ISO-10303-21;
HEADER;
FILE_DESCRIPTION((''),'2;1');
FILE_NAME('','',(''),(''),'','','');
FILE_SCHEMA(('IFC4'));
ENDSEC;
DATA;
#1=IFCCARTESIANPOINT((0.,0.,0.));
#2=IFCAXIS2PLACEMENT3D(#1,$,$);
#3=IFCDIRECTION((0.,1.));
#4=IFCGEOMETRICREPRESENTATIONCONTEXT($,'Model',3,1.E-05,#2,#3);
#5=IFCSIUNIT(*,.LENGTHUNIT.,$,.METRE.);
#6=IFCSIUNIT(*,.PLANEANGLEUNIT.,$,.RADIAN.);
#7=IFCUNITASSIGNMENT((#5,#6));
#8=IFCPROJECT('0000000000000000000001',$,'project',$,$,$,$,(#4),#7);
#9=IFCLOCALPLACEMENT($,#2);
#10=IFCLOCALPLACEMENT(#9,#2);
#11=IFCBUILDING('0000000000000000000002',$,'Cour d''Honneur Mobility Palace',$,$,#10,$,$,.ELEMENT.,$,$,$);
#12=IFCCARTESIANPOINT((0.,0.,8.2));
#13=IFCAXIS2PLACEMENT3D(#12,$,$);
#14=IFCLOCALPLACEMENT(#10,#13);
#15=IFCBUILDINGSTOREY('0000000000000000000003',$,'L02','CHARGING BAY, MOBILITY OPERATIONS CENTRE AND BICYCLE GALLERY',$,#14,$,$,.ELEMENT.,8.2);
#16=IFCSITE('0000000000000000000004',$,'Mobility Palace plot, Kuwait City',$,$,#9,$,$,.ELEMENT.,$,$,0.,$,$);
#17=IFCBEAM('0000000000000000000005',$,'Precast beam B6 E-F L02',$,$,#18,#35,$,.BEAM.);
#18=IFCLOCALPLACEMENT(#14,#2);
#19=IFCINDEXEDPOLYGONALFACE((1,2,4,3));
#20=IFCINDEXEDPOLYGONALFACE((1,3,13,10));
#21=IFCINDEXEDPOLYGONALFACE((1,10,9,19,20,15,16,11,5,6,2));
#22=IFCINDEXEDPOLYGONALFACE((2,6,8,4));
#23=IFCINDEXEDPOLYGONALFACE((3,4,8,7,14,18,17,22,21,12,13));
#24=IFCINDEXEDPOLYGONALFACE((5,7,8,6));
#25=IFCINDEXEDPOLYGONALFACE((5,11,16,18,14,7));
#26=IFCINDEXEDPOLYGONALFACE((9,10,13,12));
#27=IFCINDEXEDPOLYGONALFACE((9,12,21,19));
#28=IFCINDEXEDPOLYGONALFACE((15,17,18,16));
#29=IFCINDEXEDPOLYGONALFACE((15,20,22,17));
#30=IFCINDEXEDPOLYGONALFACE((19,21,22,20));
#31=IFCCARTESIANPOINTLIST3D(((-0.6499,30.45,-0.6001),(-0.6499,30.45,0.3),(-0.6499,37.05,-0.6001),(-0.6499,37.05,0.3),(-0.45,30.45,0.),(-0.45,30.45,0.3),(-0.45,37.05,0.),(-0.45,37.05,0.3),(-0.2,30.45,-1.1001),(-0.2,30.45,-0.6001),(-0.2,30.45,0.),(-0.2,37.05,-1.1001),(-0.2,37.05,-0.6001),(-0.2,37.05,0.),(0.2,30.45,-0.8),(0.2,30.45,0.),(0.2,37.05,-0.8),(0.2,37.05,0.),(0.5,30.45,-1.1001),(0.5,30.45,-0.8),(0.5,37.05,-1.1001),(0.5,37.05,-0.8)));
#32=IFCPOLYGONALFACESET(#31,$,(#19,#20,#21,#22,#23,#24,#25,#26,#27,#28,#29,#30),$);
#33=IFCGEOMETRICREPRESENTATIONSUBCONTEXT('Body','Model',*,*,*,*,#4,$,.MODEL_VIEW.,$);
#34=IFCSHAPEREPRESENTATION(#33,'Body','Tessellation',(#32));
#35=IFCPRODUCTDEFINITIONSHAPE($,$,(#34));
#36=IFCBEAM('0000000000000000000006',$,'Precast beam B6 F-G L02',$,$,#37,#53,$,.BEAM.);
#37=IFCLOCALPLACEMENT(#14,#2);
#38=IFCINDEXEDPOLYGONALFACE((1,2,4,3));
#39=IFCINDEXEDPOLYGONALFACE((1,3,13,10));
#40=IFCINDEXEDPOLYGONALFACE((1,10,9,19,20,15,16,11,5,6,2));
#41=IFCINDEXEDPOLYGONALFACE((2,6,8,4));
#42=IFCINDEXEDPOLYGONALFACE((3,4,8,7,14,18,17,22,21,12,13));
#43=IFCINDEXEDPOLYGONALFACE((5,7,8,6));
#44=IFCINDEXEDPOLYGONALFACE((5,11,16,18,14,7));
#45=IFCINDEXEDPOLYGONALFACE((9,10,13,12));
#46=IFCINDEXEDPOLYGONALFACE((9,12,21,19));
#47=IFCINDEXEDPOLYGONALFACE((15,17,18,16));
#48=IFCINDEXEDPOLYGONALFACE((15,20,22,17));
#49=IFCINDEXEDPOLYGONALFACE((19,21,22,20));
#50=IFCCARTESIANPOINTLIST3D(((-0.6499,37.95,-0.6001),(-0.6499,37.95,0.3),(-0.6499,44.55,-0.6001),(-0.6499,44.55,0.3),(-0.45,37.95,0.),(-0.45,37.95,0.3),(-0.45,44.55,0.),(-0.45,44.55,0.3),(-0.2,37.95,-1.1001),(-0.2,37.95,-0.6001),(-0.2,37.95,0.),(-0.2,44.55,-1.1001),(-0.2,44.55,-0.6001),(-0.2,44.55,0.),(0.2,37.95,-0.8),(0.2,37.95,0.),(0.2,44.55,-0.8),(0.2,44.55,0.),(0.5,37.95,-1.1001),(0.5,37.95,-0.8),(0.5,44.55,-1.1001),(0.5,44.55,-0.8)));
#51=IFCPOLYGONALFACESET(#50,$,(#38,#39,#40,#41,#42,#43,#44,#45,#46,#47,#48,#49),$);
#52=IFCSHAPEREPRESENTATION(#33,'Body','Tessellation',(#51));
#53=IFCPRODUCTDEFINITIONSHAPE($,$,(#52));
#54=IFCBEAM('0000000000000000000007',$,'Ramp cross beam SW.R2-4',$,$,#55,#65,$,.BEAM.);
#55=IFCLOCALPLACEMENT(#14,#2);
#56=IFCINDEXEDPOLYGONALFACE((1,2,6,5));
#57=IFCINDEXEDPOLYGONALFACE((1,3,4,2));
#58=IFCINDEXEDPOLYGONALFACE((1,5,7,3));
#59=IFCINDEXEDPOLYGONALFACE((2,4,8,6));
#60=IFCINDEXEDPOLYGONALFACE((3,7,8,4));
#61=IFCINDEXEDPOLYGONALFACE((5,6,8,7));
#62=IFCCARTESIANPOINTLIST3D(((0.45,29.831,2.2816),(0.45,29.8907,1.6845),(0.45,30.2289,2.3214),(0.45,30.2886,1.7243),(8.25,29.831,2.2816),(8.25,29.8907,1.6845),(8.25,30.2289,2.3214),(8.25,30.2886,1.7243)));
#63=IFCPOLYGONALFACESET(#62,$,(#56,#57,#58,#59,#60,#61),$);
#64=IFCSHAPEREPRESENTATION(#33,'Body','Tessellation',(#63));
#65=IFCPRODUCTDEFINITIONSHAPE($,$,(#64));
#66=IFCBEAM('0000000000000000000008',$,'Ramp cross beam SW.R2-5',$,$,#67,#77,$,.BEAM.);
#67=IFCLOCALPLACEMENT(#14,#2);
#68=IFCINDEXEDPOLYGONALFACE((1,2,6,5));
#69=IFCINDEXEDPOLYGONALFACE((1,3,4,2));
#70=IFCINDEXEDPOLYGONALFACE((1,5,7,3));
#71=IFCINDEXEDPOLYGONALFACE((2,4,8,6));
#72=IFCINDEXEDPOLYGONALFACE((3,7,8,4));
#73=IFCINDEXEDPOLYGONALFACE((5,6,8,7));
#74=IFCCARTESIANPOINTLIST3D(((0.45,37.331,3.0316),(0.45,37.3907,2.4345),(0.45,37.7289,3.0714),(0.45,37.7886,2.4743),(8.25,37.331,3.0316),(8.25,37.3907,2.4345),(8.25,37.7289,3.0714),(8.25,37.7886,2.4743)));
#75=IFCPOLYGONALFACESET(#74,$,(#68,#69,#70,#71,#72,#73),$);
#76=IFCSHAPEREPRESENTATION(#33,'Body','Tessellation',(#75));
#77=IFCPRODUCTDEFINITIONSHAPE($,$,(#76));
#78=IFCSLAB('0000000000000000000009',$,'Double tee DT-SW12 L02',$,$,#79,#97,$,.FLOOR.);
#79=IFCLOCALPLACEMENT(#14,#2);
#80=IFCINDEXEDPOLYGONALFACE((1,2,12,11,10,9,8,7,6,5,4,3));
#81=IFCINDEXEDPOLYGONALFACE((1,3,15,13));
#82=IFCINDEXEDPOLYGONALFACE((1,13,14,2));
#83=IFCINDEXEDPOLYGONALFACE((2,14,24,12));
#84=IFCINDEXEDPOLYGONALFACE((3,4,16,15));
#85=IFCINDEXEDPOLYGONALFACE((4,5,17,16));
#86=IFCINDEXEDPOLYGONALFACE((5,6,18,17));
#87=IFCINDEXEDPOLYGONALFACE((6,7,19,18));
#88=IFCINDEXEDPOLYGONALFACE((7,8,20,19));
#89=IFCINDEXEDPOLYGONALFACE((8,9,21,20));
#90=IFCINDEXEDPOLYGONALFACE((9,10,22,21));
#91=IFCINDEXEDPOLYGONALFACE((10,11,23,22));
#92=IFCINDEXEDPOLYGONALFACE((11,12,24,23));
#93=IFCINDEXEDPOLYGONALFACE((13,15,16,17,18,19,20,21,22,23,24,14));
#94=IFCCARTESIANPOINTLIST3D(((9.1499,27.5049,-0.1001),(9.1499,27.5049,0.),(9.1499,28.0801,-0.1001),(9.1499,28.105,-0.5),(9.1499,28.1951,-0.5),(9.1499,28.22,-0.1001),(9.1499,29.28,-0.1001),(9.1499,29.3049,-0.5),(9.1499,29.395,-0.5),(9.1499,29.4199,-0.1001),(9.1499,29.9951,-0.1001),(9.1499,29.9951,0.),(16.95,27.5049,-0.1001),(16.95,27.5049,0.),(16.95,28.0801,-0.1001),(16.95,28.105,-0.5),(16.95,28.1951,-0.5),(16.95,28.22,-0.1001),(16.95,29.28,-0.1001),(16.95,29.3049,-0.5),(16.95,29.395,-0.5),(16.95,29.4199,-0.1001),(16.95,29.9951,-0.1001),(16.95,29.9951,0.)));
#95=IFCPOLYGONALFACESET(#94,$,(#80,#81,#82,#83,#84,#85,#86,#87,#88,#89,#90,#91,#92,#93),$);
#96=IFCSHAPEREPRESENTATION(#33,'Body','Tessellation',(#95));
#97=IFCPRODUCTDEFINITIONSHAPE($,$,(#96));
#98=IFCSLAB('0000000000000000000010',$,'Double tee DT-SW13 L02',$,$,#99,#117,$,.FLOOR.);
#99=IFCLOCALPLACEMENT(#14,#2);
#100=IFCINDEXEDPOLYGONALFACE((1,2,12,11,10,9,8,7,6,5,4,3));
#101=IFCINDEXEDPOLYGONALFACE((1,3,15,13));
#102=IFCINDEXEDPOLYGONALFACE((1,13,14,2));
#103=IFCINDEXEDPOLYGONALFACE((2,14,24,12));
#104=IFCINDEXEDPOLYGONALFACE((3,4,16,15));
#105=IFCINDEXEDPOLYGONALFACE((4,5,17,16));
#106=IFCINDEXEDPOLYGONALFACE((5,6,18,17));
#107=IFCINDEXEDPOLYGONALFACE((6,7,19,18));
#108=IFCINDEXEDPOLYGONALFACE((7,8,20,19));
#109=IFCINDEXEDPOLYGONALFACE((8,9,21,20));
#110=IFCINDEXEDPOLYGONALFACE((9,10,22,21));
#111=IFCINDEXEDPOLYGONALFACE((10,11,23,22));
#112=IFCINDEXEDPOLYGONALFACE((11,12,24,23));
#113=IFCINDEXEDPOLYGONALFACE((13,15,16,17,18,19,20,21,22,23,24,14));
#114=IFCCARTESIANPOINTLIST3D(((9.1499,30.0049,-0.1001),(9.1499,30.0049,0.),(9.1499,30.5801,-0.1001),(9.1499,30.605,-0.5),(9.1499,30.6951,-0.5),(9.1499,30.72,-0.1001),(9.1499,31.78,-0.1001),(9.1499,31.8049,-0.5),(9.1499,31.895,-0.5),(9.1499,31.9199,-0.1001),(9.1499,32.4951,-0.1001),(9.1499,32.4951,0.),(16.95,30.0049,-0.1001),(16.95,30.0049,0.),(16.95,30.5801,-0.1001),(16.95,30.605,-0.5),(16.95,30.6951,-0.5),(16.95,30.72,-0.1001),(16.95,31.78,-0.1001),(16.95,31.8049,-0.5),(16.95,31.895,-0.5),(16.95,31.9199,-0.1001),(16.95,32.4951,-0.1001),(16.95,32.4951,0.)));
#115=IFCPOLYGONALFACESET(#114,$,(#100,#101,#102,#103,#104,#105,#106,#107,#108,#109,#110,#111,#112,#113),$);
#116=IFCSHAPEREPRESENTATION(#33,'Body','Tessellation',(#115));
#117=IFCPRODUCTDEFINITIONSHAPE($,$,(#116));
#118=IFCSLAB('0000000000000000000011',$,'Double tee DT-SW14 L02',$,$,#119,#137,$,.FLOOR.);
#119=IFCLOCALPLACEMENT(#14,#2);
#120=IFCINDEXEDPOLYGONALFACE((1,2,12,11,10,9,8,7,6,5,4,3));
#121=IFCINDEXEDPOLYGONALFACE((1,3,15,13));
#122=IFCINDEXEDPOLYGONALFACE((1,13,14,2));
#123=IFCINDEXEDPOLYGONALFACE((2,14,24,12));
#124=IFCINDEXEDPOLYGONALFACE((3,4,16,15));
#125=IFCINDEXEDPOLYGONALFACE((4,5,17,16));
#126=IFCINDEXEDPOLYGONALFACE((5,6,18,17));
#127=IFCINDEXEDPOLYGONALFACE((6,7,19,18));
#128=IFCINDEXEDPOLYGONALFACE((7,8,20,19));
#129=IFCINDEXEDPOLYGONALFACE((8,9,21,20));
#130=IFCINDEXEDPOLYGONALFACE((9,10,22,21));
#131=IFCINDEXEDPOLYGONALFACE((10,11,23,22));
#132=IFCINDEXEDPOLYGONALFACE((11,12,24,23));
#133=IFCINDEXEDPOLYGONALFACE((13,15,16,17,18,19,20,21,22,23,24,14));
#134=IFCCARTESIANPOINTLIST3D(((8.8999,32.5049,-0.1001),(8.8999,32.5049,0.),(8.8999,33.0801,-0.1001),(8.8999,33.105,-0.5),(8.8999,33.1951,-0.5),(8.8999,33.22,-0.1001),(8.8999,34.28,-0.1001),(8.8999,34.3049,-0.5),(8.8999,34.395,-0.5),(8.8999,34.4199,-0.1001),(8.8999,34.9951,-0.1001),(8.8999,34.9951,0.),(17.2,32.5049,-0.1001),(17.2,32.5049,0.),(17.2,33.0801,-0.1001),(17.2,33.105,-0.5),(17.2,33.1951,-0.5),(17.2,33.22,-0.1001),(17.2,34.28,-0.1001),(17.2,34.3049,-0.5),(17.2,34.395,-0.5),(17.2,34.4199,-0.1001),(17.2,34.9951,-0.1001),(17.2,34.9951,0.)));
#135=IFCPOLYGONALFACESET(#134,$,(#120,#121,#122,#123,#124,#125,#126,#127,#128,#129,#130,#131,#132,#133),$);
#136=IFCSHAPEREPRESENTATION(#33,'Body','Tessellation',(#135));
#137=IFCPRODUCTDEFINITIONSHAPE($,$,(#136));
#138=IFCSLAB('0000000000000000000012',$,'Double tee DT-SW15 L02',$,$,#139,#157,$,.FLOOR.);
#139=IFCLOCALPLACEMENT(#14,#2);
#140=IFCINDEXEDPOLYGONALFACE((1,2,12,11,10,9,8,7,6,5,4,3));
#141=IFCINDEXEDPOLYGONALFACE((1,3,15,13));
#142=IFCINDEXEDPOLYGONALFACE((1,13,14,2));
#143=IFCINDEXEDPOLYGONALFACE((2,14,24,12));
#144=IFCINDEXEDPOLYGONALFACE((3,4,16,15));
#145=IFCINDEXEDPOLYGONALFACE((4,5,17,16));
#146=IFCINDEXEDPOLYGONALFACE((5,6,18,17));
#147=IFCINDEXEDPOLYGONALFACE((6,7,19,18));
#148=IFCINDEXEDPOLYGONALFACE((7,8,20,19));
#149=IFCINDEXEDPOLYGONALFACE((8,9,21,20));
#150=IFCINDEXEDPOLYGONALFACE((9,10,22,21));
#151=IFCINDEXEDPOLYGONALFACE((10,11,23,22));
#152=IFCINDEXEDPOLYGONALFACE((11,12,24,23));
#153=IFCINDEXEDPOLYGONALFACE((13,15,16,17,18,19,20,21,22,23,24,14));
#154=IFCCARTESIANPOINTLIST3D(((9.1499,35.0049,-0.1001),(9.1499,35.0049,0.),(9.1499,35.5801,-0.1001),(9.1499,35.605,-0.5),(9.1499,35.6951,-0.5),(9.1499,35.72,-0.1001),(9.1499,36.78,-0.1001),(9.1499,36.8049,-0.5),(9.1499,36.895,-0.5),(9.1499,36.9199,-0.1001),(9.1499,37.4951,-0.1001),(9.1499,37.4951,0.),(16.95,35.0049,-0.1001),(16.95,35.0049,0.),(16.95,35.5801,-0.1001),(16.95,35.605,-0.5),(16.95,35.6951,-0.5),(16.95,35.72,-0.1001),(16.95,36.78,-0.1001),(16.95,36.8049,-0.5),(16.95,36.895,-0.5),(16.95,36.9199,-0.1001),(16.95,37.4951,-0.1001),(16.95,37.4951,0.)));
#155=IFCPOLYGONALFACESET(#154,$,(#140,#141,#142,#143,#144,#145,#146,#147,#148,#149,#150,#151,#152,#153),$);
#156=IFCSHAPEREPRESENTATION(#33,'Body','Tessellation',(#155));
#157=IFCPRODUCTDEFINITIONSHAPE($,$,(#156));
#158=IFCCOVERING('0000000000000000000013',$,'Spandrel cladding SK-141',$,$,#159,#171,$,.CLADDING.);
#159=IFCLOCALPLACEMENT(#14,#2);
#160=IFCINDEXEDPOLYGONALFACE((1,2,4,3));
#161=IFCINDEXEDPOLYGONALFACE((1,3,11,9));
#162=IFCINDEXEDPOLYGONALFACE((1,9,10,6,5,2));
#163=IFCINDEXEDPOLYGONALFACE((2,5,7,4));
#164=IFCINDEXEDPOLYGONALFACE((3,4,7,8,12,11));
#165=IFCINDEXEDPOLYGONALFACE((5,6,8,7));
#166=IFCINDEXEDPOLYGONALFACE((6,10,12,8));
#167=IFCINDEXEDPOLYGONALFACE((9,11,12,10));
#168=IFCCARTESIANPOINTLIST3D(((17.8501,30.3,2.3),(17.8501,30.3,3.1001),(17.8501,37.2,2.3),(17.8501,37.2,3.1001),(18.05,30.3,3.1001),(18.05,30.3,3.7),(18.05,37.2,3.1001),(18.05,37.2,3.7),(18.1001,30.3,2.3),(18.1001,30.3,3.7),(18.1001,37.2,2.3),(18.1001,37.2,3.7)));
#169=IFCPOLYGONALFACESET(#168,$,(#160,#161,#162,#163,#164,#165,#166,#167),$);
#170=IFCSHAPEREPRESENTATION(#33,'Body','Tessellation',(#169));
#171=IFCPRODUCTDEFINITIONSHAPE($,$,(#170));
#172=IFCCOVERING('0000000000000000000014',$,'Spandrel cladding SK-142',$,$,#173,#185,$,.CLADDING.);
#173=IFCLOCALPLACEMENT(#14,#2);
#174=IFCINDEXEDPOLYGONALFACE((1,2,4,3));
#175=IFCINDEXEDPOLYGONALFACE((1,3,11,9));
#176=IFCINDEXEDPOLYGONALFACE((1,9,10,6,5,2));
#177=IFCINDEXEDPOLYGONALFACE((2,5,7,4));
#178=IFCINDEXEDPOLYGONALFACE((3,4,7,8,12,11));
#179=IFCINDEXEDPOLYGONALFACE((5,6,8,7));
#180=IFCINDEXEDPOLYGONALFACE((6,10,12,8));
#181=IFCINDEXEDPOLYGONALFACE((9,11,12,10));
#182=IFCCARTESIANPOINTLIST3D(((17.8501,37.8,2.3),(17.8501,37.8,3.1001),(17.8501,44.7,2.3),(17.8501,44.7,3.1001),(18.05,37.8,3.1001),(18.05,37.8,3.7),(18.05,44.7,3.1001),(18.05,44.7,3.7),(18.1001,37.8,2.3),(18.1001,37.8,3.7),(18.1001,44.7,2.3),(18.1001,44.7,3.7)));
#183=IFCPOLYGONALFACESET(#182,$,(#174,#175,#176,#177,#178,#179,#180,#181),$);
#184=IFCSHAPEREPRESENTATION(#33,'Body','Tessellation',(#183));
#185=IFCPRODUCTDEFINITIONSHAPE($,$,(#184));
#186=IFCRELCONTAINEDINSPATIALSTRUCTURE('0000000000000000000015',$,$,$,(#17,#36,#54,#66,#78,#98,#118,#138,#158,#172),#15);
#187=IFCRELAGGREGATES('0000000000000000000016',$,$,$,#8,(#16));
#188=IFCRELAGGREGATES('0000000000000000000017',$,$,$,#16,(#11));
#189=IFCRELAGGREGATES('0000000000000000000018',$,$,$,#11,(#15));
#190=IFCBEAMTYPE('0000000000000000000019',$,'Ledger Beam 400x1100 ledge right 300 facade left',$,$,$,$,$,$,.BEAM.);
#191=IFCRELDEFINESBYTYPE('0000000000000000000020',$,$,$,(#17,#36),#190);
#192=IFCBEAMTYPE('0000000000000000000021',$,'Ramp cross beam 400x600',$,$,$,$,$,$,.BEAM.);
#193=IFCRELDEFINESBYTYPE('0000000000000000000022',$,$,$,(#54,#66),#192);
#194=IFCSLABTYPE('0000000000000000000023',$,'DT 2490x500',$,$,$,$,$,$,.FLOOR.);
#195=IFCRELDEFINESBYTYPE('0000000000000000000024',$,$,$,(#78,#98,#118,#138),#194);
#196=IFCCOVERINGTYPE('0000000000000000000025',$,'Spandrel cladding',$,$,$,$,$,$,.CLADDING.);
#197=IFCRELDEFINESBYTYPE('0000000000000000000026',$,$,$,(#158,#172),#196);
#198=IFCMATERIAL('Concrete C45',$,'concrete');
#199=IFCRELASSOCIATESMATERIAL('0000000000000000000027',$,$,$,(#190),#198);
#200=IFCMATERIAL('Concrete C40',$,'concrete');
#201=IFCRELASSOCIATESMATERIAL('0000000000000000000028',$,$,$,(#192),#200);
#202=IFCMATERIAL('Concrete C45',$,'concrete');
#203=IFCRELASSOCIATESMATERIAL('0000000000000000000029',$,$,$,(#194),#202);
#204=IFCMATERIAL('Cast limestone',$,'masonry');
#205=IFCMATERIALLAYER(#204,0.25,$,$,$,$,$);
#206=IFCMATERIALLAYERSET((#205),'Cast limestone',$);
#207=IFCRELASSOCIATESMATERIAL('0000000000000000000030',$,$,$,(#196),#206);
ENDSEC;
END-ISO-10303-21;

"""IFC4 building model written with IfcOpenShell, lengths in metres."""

from ifc_helpers import new_model, si_unit, direction, frame, origin, origin_2d, place, context, subcontext, project, spatial, polyline, rectangle, outline, extrude, material, layer, layer_set, material_profile, profile_set, type_object, element, save


model = new_model("IFC4")

# Units and contexts
model_context = context("Model", 3, precision=1e-05, world=origin(), true_north=direction((0.0, 1.0)))
body_context = subcontext(model_context, "Body", "Model", "MODEL_VIEW")
ifc_project = project(units=[si_unit("LENGTHUNIT", "METRE"), si_unit("PLANEANGLEUNIT", "RADIAN")], contexts=[model_context])

# Site, building, storey
site_placement = place(None, origin())
site = spatial("IfcSite", under=ifc_project, at=site_placement, Name="Mobility Palace plot, Kuwait City", CompositionType="ELEMENT", RefElevation=0.0)
building_placement = place(site_placement, origin())
building = spatial("IfcBuilding", under=site, at=building_placement, Name="Cour d'Honneur Mobility Palace", CompositionType="ELEMENT")
storey_placement = place(building_placement, frame((0.0, 0.0, 8.2)))
storey = spatial("IfcBuildingStorey", under=building, at=storey_placement, Name="L02", Description="CHARGING BAY, MOBILITY OPERATIONS CENTRE AND BICYCLE GALLERY", CompositionType="ELEMENT", Elevation=8.2)

# Beams
ifc_material_1 = material(Name="Concrete C45", Category="concrete")
ifc_material_profile_1 = material_profile(ifc_material_1, outline(polyline([(0.2, -1.1001), (0.2, -0.6001), (0.6499, -0.6001), (0.6499, 0.3), (0.45, 0.3), (0.45, 0.0), (0.2, 0.0), (-0.2, 0.0), (-0.2, -0.8), (-0.5, -0.8), (-0.5, -1.1001), (0.2, -1.1001)])), Name="Ledger Beam 400x1100 ledge right 300 facade left")
ifc_profile_set_1 = profile_set([ifc_material_profile_1], Name="Concrete C45")
beam_type_1 = type_object("IfcBeamType", Name="Ledger Beam 400x1100 ledge right 300 facade left", PredefinedType="BEAM", material=ifc_profile_set_1)
for number, where, z_axis, x_axis, name in (
    (1, (0.0, 30.45, 0.0), (0.0, 1.0, 0.0), (-1.0, 0.0, 0.0), "Precast beam B6 E-F L02"),
    (2, (0.0, 37.95, 0.0), (0.0, 1.0, 0.0), (-1.0, 0.0, 0.0), "Precast beam B6 F-G L02"),
):
    element("IfcBeam", number, at=place(storey_placement, frame(where, z_axis=z_axis, x_axis=x_axis)), inside=storey, type_object=beam_type_1, Name=name, PredefinedType="BEAM", context=body_context, shape_type="SweptSolid", body=[
        extrude(outline(polyline([(0.2, -1.1001), (0.2, -0.6001), (0.6499, -0.6001), (0.6499, 0.3), (0.45, 0.3), (0.45, 0.0), (0.2, 0.0), (-0.2, 0.0), (-0.2, -0.8), (-0.5, -0.8), (-0.5, -1.1001), (0.2, -1.1001)])), origin(), (0.0, 0.0, 1.0), 6.6001),
    ])
ifc_material_2 = material(Name="Concrete C40", Category="concrete")
ifc_material_profile_2 = material_profile(ifc_material_2, rectangle(XDim=0.3999, YDim=0.6001, at=origin_2d()), Name="Ramp cross beam 400x600")
ifc_profile_set_2 = profile_set([ifc_material_profile_2], Name="Concrete C40")
beam_type_2 = type_object("IfcBeamType", Name="Ramp cross beam 400x600", PredefinedType="BEAM", material=ifc_profile_set_2)
for number, where, z_axis, x_axis, name in (
    (3, (0.45, 30.0598, 2.0029), (1.0, 0.0, 0.0), (0.0, 0.995037, 0.099504), "Ramp cross beam SW.R2-4"),
    (4, (0.45, 37.5598, 2.7529), (1.0, 0.0, 0.0), (0.0, 0.995037, 0.099504), "Ramp cross beam SW.R2-5"),
):
    element("IfcBeam", number, at=place(storey_placement, frame(where, z_axis=z_axis, x_axis=x_axis)), inside=storey, type_object=beam_type_2, Name=name, PredefinedType="BEAM", context=body_context, shape_type="SweptSolid", body=[
        extrude(rectangle(XDim=0.3999, YDim=0.6001, at=origin_2d()), origin(), (0.0, 0.0, 1.0), 7.8),
    ])

# Slabs
ifc_material_3 = material(Name="Concrete C45", Category="concrete")
ifc_material_profile_3 = material_profile(ifc_material_3, outline(polyline([(-1.2451, 0.0), (1.2451, 0.0), (1.2451, -0.1001), (0.6699, -0.1001), (0.645, -0.5), (0.5549, -0.5), (0.53, -0.1001), (-0.53, -0.1001), (-0.5549, -0.5), (-0.645, -0.5), (-0.6699, -0.1001), (-1.2451, -0.1001), (-1.2451, 0.0)])), Name="DT 2490x500")
ifc_profile_set_3 = profile_set([ifc_material_profile_3], Name="Concrete C45")
slab_type = type_object("IfcSlabType", Name="DT 2490x500", PredefinedType="FLOOR", material=ifc_profile_set_3)
for number, where, z_axis, x_axis, name in (
    (5, (9.1499, 28.75, 0.0), (1.0, 0.0, 0.0), (0.0, 1.0, 0.0), "Double tee DT-SW12 L02"),
    (6, (9.1499, 31.25, 0.0), (1.0, 0.0, 0.0), (0.0, 1.0, 0.0), "Double tee DT-SW13 L02"),
):
    element("IfcSlab", number, at=place(storey_placement, frame(where, z_axis=z_axis, x_axis=x_axis)), inside=storey, type_object=slab_type, Name=name, PredefinedType="FLOOR", context=body_context, shape_type="SweptSolid", body=[
        extrude(outline(polyline([(-1.2451, 0.0), (1.2451, 0.0), (1.2451, -0.1001), (0.6699, -0.1001), (0.645, -0.5), (0.5549, -0.5), (0.53, -0.1001), (-0.53, -0.1001), (-0.5549, -0.5), (-0.645, -0.5), (-0.6699, -0.1001), (-1.2451, -0.1001), (-1.2451, 0.0)])), origin(), (0.0, 0.0, 1.0), 7.8),
    ])
slab_1_placement = place(storey_placement, frame((8.8999, 33.75, 0.0), z_axis=(1.0, 0.0, 0.0), x_axis=(0.0, 1.0, 0.0)))
element("IfcSlab", 7, at=slab_1_placement, inside=storey, type_object=slab_type, Name="Double tee DT-SW14 L02", PredefinedType="FLOOR", context=body_context, shape_type="SweptSolid", body=[
    extrude(outline(polyline([(-1.2451, 0.0), (1.2451, 0.0), (1.2451, -0.1001), (0.6699, -0.1001), (0.645, -0.5), (0.5549, -0.5), (0.53, -0.1001), (-0.53, -0.1001), (-0.5549, -0.5), (-0.645, -0.5), (-0.6699, -0.1001), (-1.2451, -0.1001), (-1.2451, 0.0)])), origin(), (0.0, 0.0, 1.0), 8.3),
])
slab_2_placement = place(storey_placement, frame((9.1499, 36.25, 0.0), z_axis=(1.0, 0.0, 0.0), x_axis=(0.0, 1.0, 0.0)))
element("IfcSlab", 8, at=slab_2_placement, inside=storey, type_object=slab_type, Name="Double tee DT-SW15 L02", PredefinedType="FLOOR", context=body_context, shape_type="SweptSolid", body=[
    extrude(outline(polyline([(-1.2451, 0.0), (1.2451, 0.0), (1.2451, -0.1001), (0.6699, -0.1001), (0.645, -0.5), (0.5549, -0.5), (0.53, -0.1001), (-0.53, -0.1001), (-0.5549, -0.5), (-0.645, -0.5), (-0.6699, -0.1001), (-1.2451, -0.1001), (-1.2451, 0.0)])), origin(), (0.0, 0.0, 1.0), 7.8),
])

# Coverings
ifc_material_4 = material(Name="Cast limestone", Category="masonry")
ifc_layer_1 = layer(ifc_material_4, 0.25)
ifc_layer_set_1 = layer_set([ifc_layer_1], Name="Cast limestone")
covering_type = type_object("IfcCoveringType", Name="Spandrel cladding", PredefinedType="CLADDING", material=ifc_layer_set_1)
for number, where, z_axis, x_axis, name in (
    (9, (17.8501, 30.3, 2.3), (0.0, -1.0, 0.0), (1.0, 0.0, 0.0), "Spandrel cladding SK-141"),
    (10, (17.8501, 37.8, 2.3), (0.0, -1.0, 0.0), (1.0, 0.0, 0.0), "Spandrel cladding SK-142"),
):
    element("IfcCovering", number, at=place(storey_placement, frame(where, z_axis=z_axis, x_axis=x_axis)), inside=storey, type_object=covering_type, Name=name, PredefinedType="CLADDING", context=body_context, shape_type="SweptSolid", body=[
        extrude(outline(polyline([(0.0, 0.0), (0.25, 0.0), (0.25, 1.3999), (0.2, 1.3999), (0.2, 0.8), (0.0, 0.8), (0.0, 0.0)])), origin(), (0.0, 0.0, -1.0), 6.8999),
    ])

save(model, "model.ifc")
